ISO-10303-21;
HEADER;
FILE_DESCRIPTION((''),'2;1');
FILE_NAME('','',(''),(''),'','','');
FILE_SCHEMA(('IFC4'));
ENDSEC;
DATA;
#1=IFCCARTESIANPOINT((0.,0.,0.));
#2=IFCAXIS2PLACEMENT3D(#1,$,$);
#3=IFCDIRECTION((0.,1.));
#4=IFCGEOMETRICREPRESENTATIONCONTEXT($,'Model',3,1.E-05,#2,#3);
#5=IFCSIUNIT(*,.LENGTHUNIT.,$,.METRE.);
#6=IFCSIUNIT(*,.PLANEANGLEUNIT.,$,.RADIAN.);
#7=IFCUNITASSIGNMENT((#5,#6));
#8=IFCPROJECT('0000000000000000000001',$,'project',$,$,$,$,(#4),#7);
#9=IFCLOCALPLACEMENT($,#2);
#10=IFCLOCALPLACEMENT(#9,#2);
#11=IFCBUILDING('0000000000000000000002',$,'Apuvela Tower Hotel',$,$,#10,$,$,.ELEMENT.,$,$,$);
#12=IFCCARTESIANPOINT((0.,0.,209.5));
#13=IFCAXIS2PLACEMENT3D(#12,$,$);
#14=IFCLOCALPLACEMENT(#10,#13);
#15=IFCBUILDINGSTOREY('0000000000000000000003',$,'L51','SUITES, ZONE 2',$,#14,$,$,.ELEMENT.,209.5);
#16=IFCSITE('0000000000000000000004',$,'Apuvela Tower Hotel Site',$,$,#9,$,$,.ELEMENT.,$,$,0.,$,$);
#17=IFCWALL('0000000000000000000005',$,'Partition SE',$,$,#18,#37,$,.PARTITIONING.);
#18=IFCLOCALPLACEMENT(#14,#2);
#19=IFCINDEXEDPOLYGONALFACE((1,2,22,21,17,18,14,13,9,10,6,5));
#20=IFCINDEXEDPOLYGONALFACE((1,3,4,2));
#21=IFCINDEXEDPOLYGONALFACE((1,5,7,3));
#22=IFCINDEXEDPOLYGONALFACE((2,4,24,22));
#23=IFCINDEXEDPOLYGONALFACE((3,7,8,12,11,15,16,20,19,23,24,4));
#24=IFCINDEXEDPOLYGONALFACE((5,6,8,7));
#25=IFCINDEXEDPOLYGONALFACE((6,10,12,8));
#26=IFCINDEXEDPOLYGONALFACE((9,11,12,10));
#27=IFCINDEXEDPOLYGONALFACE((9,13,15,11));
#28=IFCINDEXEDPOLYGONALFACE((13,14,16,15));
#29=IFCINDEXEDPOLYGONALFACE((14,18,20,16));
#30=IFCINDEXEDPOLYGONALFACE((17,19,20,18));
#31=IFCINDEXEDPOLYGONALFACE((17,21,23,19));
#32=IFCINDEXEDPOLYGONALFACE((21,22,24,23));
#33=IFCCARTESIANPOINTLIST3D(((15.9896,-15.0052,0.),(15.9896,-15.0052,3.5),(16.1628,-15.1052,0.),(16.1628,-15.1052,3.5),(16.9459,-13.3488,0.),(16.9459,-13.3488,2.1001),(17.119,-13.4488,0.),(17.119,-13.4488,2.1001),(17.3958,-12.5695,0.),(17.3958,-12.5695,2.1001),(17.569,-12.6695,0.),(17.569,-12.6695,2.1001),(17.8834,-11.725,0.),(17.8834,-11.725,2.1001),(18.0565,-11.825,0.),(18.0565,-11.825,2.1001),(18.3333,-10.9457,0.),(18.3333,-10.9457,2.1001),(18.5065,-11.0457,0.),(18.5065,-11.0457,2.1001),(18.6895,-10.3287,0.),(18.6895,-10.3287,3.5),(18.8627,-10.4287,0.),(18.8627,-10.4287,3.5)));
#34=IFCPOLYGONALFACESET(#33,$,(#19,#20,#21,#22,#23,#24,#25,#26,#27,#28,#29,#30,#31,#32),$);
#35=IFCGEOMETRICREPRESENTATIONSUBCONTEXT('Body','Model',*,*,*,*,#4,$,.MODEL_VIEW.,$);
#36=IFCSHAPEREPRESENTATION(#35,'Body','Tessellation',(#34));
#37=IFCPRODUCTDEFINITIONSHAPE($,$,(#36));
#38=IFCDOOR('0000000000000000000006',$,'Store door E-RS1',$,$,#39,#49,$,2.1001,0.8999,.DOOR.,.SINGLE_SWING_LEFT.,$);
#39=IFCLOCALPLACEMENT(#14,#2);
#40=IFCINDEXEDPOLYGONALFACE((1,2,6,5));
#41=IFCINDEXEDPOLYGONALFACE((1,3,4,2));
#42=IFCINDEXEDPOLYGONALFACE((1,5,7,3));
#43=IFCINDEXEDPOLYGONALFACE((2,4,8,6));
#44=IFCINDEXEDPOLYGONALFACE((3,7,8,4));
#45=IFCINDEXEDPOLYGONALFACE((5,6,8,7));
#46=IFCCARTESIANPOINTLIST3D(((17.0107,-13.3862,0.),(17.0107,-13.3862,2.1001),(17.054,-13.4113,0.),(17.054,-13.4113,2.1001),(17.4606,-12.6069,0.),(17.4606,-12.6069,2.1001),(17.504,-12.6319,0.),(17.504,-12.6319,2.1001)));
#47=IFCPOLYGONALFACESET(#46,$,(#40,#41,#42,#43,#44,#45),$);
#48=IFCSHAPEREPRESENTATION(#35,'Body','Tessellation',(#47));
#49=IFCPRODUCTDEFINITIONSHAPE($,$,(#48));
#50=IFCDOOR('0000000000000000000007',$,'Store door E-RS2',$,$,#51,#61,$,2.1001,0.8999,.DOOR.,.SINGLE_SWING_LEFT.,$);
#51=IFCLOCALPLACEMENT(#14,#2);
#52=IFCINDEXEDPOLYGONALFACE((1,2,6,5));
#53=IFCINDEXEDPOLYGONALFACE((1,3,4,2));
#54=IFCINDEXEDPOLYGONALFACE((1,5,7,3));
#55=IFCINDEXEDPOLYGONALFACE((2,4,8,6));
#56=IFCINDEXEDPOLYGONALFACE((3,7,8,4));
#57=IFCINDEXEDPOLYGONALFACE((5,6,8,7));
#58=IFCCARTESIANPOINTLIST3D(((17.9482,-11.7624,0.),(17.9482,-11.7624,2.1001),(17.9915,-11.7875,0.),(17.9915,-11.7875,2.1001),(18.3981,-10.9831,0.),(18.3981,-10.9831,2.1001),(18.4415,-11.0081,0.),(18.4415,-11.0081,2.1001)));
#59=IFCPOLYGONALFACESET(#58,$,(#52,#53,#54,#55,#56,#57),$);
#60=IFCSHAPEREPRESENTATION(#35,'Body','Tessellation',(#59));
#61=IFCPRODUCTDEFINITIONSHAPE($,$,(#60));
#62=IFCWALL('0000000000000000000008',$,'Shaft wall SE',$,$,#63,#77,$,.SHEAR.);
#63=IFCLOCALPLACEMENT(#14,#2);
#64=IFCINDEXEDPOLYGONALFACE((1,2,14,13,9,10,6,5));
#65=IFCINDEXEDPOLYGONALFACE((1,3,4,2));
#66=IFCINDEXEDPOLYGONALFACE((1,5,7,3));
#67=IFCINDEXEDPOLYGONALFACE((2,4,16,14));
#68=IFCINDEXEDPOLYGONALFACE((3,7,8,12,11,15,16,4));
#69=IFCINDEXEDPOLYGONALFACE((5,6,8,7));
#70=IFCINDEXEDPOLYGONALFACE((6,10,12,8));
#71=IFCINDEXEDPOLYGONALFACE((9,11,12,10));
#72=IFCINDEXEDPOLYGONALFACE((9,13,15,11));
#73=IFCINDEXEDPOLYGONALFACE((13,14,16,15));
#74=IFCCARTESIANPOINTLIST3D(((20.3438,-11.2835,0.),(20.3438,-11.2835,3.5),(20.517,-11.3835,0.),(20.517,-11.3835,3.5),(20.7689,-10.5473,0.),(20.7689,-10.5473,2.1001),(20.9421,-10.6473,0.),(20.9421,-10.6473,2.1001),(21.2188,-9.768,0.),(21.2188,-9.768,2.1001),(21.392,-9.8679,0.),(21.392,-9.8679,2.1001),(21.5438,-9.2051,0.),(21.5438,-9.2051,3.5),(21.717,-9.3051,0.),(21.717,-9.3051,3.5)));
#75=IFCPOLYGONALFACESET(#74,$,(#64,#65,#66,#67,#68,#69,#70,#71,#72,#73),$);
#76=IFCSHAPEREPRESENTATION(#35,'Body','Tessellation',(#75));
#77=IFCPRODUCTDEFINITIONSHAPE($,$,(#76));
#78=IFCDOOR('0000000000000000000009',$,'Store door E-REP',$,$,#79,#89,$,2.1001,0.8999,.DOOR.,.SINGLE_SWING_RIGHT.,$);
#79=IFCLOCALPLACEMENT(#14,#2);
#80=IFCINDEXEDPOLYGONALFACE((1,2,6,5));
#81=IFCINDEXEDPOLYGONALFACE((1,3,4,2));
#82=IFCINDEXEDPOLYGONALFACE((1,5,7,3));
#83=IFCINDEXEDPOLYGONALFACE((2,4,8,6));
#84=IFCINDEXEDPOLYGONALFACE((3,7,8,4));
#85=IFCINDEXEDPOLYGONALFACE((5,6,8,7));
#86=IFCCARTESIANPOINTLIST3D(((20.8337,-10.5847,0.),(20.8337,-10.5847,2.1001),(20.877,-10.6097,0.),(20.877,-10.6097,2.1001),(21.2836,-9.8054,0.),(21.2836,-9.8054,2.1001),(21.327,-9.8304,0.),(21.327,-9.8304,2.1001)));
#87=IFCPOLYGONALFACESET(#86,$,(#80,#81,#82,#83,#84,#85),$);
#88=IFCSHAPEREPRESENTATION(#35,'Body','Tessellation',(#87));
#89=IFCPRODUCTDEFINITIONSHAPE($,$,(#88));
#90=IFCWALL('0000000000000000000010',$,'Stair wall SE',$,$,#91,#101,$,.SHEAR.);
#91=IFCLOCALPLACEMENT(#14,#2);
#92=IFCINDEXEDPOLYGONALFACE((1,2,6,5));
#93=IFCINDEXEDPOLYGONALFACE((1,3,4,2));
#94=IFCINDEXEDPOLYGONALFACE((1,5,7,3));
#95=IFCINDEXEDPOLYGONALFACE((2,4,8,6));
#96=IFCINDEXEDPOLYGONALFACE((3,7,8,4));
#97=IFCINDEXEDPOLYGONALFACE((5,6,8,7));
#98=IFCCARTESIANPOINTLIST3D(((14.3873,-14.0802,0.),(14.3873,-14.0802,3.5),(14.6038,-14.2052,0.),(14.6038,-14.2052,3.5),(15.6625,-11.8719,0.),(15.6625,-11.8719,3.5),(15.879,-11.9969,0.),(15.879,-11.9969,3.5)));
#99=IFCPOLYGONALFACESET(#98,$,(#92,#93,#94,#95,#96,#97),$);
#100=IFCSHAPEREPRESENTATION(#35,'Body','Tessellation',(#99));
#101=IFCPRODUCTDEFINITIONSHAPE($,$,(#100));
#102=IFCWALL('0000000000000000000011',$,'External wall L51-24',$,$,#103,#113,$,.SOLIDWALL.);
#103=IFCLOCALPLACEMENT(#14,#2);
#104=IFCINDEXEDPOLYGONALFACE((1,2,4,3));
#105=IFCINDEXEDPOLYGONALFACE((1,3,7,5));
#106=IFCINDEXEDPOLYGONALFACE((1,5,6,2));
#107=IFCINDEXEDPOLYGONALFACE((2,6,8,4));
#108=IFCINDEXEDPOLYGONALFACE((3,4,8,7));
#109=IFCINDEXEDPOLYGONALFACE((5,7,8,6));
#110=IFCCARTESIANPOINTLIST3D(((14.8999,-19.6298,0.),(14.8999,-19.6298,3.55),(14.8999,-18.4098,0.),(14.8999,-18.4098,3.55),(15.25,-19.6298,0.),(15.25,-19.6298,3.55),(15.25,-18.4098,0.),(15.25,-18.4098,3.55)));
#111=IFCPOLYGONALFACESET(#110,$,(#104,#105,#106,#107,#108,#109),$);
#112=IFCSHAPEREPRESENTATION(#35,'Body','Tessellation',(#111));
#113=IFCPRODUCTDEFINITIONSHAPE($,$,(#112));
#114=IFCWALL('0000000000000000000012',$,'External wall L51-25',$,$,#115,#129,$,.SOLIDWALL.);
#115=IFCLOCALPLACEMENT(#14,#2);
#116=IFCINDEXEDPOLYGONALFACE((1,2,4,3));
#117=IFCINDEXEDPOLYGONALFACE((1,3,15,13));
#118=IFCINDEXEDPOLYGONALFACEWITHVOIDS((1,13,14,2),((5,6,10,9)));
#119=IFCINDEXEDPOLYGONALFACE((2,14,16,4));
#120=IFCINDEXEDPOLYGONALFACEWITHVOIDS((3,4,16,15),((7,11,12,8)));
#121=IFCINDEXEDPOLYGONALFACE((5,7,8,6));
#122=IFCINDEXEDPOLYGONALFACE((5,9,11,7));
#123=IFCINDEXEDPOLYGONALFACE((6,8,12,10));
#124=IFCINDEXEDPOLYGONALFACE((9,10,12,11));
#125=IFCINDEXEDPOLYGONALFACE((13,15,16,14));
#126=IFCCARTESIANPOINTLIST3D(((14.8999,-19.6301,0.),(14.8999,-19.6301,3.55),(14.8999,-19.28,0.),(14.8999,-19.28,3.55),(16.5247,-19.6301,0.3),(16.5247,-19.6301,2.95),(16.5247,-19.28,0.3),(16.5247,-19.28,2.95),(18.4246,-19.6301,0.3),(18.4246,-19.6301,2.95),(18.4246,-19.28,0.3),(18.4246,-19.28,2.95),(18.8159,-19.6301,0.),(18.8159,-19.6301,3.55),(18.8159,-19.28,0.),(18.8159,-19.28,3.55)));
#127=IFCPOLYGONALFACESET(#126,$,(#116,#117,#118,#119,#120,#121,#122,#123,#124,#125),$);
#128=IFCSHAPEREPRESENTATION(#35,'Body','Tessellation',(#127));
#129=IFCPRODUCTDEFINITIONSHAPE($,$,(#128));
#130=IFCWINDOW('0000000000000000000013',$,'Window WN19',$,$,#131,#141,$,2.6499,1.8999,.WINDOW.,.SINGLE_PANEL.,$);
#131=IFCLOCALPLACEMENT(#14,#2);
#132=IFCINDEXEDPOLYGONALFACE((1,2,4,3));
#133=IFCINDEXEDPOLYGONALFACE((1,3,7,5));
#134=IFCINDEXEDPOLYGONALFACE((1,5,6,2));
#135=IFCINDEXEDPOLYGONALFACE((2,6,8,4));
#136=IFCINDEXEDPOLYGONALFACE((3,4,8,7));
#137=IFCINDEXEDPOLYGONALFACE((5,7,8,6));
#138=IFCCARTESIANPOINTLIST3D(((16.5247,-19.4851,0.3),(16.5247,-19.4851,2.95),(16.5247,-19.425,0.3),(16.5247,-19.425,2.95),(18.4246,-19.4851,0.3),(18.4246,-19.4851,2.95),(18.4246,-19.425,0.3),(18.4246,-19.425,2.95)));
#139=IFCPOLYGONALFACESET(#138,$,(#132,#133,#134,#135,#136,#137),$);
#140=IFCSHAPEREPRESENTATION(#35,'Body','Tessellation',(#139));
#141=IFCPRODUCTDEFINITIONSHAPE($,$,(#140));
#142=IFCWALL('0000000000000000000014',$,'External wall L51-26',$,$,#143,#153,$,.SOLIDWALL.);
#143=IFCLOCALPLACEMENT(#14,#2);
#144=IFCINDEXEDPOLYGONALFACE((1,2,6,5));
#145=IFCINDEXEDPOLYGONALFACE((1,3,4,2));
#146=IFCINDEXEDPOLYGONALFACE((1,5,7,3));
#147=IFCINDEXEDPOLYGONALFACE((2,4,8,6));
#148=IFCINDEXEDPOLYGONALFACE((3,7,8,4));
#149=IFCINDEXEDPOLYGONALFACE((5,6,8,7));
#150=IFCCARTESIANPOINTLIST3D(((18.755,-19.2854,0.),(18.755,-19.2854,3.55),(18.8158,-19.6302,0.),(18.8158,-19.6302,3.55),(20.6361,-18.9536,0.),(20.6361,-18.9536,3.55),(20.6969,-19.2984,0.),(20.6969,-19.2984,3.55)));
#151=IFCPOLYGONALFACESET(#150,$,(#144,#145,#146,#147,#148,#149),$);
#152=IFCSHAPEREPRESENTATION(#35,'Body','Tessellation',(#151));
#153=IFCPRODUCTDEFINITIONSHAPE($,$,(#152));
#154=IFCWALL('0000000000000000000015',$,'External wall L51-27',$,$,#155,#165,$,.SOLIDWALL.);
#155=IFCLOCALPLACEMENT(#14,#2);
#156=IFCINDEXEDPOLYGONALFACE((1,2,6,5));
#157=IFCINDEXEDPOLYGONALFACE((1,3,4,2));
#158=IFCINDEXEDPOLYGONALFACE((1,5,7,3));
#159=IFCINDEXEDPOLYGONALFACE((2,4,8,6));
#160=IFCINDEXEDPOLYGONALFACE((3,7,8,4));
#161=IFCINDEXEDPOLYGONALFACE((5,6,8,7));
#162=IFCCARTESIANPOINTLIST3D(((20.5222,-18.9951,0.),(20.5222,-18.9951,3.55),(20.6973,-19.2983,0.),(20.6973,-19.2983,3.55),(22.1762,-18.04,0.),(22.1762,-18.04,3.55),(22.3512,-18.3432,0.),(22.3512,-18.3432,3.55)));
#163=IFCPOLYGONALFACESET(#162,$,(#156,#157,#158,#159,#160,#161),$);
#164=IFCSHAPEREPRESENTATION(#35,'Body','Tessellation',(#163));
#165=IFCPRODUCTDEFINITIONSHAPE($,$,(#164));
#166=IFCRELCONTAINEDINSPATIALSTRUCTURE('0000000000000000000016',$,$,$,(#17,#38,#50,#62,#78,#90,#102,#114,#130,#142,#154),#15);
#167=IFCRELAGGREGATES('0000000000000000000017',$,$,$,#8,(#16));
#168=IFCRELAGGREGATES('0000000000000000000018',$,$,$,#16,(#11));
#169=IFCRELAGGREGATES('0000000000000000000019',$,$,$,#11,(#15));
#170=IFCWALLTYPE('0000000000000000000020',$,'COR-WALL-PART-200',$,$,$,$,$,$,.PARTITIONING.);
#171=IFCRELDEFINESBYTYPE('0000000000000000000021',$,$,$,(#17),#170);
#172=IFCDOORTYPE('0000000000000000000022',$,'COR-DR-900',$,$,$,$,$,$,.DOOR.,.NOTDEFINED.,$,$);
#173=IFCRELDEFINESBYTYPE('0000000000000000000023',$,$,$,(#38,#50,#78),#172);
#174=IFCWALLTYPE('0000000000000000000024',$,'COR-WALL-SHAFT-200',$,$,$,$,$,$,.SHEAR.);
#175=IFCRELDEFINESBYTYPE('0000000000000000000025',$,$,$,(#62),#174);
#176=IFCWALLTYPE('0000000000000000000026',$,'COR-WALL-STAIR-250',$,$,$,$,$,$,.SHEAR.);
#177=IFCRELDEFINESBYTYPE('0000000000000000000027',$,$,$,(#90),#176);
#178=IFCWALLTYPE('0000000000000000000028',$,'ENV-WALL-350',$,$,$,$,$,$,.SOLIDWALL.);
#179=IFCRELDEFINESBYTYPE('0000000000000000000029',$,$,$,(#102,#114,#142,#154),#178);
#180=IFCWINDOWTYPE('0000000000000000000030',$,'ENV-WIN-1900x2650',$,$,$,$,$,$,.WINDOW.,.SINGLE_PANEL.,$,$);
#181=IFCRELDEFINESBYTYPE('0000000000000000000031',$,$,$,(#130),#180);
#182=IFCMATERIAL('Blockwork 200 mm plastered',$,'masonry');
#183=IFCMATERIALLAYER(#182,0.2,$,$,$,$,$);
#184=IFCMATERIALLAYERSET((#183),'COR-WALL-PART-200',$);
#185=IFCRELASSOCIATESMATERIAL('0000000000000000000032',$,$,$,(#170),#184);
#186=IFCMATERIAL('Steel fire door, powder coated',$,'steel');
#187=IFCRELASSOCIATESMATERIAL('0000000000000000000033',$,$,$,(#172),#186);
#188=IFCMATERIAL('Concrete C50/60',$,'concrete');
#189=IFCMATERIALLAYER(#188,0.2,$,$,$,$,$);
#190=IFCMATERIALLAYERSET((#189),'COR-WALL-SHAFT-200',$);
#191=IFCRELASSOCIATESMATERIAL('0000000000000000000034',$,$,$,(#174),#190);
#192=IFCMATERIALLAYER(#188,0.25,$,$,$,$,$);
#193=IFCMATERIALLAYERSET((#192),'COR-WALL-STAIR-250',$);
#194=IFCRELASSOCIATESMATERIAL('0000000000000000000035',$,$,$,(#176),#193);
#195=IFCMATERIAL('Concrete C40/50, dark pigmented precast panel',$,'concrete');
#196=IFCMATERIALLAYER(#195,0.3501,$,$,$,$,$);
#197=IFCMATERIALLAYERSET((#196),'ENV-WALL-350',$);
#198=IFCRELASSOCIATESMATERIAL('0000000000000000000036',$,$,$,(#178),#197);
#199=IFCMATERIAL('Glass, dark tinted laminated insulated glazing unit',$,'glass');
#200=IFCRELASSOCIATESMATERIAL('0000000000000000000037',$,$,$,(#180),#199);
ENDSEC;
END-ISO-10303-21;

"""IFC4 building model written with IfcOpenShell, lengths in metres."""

from ifc_helpers import new_model, si_unit, direction, frame, frame_2d, origin, place, context, subcontext, project, spatial, rectangle, extrude, material, layer, layer_set, type_object, element, fill, save


model = new_model("IFC4")

# Units and contexts
model_context = context("Model", 3, precision=1e-05, world=origin(), true_north=direction((0.0, 1.0)))
body_context = subcontext(model_context, "Body", "Model", "MODEL_VIEW")
ifc_project = project(units=[si_unit("LENGTHUNIT", "METRE"), si_unit("PLANEANGLEUNIT", "RADIAN")], contexts=[model_context])

# Site, building, storey
site_placement = place(None, origin())
site = spatial("IfcSite", under=ifc_project, at=site_placement, Name="Apuvela Tower Hotel Site", CompositionType="ELEMENT", RefElevation=0.0)
building_placement = place(site_placement, origin())
building = spatial("IfcBuilding", under=site, at=building_placement, Name="Apuvela Tower Hotel", CompositionType="ELEMENT")
storey_placement = place(building_placement, frame((0.0, 0.0, 209.5)))
storey = spatial("IfcBuildingStorey", under=building, at=storey_placement, Name="L51", Description="SUITES, ZONE 2", CompositionType="ELEMENT", Elevation=209.5)

# Wall, openings, doors
ifc_material_1 = material(Name="Blockwork 200 mm plastered", Category="masonry")
ifc_layer_1 = layer(ifc_material_1, 0.2)
ifc_layer_set_1 = layer_set([ifc_layer_1], Name="COR-WALL-PART-200")
wall_type_1 = type_object("IfcWallType", Name="COR-WALL-PART-200", PredefinedType="PARTITIONING", material=ifc_layer_set_1)
wall_1_placement = place(storey_placement, frame((16.0762, -15.0552, 0.0), z_axis=(0.0, 0.0, 1.0), x_axis=(0.499995, 0.866028, 0.0)))
wall_1 = element("IfcWall", 1, at=wall_1_placement, inside=storey, type_object=wall_type_1, Name="Partition SE", PredefinedType="PARTITIONING", context=body_context, shape_type="SweptSolid", body=[
    extrude(rectangle(XDim=5.3999, YDim=0.2, at=frame_2d((2.7, 0.0))), origin(), (0.0, 0.0, 1.0), 3.5),
])
opening_1_placement = place(wall_1_placement, frame((1.9126, 0.0, 0.0)))
opening_1 = element("IfcOpeningElement", 2, at=opening_1_placement, cuts=wall_1, PredefinedType="OPENING", context=body_context, shape_type="SweptSolid", body=[
    extrude(rectangle(XDim=0.8999, YDim=2.1001, at=frame_2d((0.45, 1.05))), frame((0.0, 0.1099, 0.0), z_axis=(0.0, -1.0, 0.0), x_axis=(1.0, 0.0, 0.0)), (0.0, 0.0, 1.0), 0.22),
])
opening_2_placement = place(wall_1_placement, frame((3.7876, 0.0, 0.0)))
opening_2 = element("IfcOpeningElement", 3, at=opening_2_placement, cuts=wall_1, PredefinedType="OPENING", context=body_context, shape_type="SweptSolid", body=[
    extrude(rectangle(XDim=0.8999, YDim=2.1001, at=frame_2d((0.45, 1.05))), frame((0.0, 0.1099, 0.0), z_axis=(0.0, -1.0, 0.0), x_axis=(1.0, 0.0, 0.0)), (0.0, 0.0, 1.0), 0.22),
])
ifc_material_2 = material(Name="Steel fire door, powder coated", Category="steel")
door_type_1 = type_object("IfcDoorType", Name="COR-DR-900", OperationType="NOTDEFINED", PredefinedType="DOOR", material=ifc_material_2)
door_1_placement = place(opening_1_placement, frame((0.8999, 0.0, 0.0), z_axis=(0.0, 0.0, 1.0), x_axis=(-1.0, 0.0, 0.0)))
door_1 = element("IfcDoor", 4, at=door_1_placement, inside=storey, type_object=door_type_1, Name="Store door E-RS1", OperationType="SINGLE_SWING_LEFT", OverallHeight=2.1001, OverallWidth=0.8999, PredefinedType="DOOR", context=body_context, shape_type="SweptSolid", body=[
    extrude(rectangle(XDim=0.8999, YDim=2.1001, at=frame_2d((0.45, 1.05))), frame((0.0, 0.0249, 0.0), z_axis=(0.0, -1.0, 0.0), x_axis=(1.0, 0.0, 0.0)), (0.0, 0.0, 1.0), 0.05),
])
fill(opening_1, door_1)
door_2_placement = place(opening_2_placement, frame((0.8999, 0.0, 0.0), z_axis=(0.0, 0.0, 1.0), x_axis=(-1.0, 0.0, 0.0)))
door_2 = element("IfcDoor", 5, at=door_2_placement, inside=storey, type_object=door_type_1, Name="Store door E-RS2", OperationType="SINGLE_SWING_LEFT", OverallHeight=2.1001, OverallWidth=0.8999, PredefinedType="DOOR", context=body_context, shape_type="SweptSolid", body=[
    extrude(rectangle(XDim=0.8999, YDim=2.1001, at=frame_2d((0.45, 1.05))), frame((0.0, 0.0249, 0.0), z_axis=(0.0, -1.0, 0.0), x_axis=(1.0, 0.0, 0.0)), (0.0, 0.0, 1.0), 0.05),
])
fill(opening_2, door_2)

# Wall, opening, door
ifc_material_3 = material(Name="Concrete C50/60", Category="concrete")
ifc_layer_2 = layer(ifc_material_3, 0.2)
ifc_layer_set_2 = layer_set([ifc_layer_2], Name="COR-WALL-SHAFT-200")
wall_type_2 = type_object("IfcWallType", Name="COR-WALL-SHAFT-200", PredefinedType="SHEAR", material=ifc_layer_set_2)
wall_2_placement = place(storey_placement, frame((20.4304, -11.3335, 0.0), z_axis=(0.0, 0.0, 1.0), x_axis=(0.500001, 0.866025, 0.0)))
wall_2 = element("IfcWall", 6, at=wall_2_placement, inside=storey, type_object=wall_type_2, Name="Shaft wall SE", PredefinedType="SHEAR", context=body_context, shape_type="SweptSolid", body=[
    extrude(rectangle(XDim=2.3999, YDim=0.2, at=frame_2d((1.2, 0.0))), origin(), (0.0, 0.0, 1.0), 3.5),
])
opening_3_placement = place(wall_2_placement, frame((0.8501, 0.0, 0.0)))
opening_3 = element("IfcOpeningElement", 7, at=opening_3_placement, cuts=wall_2, PredefinedType="OPENING", context=body_context, shape_type="SweptSolid", body=[
    extrude(rectangle(XDim=0.8999, YDim=2.1001, at=frame_2d((0.45, 1.05))), frame((0.0, 0.1099, 0.0), z_axis=(0.0, -1.0, 0.0), x_axis=(1.0, 0.0, 0.0)), (0.0, 0.0, 1.0), 0.22),
])
door_3_placement = place(opening_3_placement, frame((0.8999, 0.0, 0.0), z_axis=(0.0, 0.0, 1.0), x_axis=(-1.0, 0.0, 0.0)))
door_3 = element("IfcDoor", 8, at=door_3_placement, inside=storey, type_object=door_type_1, Name="Store door E-REP", OperationType="SINGLE_SWING_RIGHT", OverallHeight=2.1001, OverallWidth=0.8999, PredefinedType="DOOR", context=body_context, shape_type="SweptSolid", body=[
    extrude(rectangle(XDim=0.8999, YDim=2.1001, at=frame_2d((0.45, 1.05))), frame((0.0, 0.0249, 0.0), z_axis=(0.0, -1.0, 0.0), x_axis=(1.0, 0.0, 0.0)), (0.0, 0.0, 1.0), 0.05),
])
fill(opening_3, door_3)

# Walls
ifc_layer_3 = layer(ifc_material_3, 0.25)
ifc_layer_set_3 = layer_set([ifc_layer_3], Name="COR-WALL-STAIR-250")
wall_type_3 = type_object("IfcWallType", Name="COR-WALL-STAIR-250", PredefinedType="SHEAR", material=ifc_layer_set_3)
wall_3_placement = place(storey_placement, frame((14.4956, -14.1426, 0.0), z_axis=(0.0, 0.0, 1.0), x_axis=(0.500062, 0.865989, 0.0)))
element("IfcWall", 9, at=wall_3_placement, inside=storey, type_object=wall_type_3, Name="Stair wall SE", PredefinedType="SHEAR", context=body_context, shape_type="SweptSolid", body=[
    extrude(rectangle(XDim=2.55, YDim=0.25, at=frame_2d((1.2749, 0.0))), origin(), (0.0, 0.0, 1.0), 3.5),
])
ifc_material_4 = material(Name="Concrete C40/50, dark pigmented precast panel", Category="concrete")
ifc_layer_4 = layer(ifc_material_4, 0.3501)
ifc_layer_set_4 = layer_set([ifc_layer_4], Name="ENV-WALL-350")
wall_type_4 = type_object("IfcWallType", Name="ENV-WALL-350", PredefinedType="SOLIDWALL", material=ifc_layer_set_4)
wall_4_placement = place(storey_placement, frame((15.075, -18.4099, 0.0), z_axis=(0.0, 0.0, 1.0), x_axis=(0.0, -1.0, 0.0)))
element("IfcWall", 10, at=wall_4_placement, inside=storey, type_object=wall_type_4, Name="External wall L51-24", PredefinedType="SOLIDWALL", context=body_context, shape_type="SweptSolid", body=[
    extrude(rectangle(XDim=1.22, YDim=0.3501, at=frame_2d((0.6099, 0.0))), origin(), (0.0, 0.0, 1.0), 3.55),
])

# Wall, opening, window
wall_5_placement = place(storey_placement, frame((14.8999, -19.4551, 0.0), z_axis=(0.0, 0.0, 1.0), x_axis=(1.0, 0.0, 0.0)))
wall_5 = element("IfcWall", 11, at=wall_5_placement, inside=storey, type_object=wall_type_4, Name="External wall L51-25", PredefinedType="SOLIDWALL", context=body_context, shape_type="SweptSolid", body=[
    extrude(rectangle(XDim=3.916, YDim=0.3501, at=frame_2d((1.958, 0.0))), origin(), (0.0, 0.0, 1.0), 3.55),
])
opening_4_placement = place(wall_5_placement, frame((1.6248, 0.0, 0.3)))
opening_4 = element("IfcOpeningElement", 12, at=opening_4_placement, cuts=wall_5, PredefinedType="OPENING", context=body_context, shape_type="SweptSolid", body=[
    extrude(rectangle(XDim=1.8999, YDim=2.6499, at=frame_2d((0.95, 1.325))), frame((0.0, 0.1851, 0.0), z_axis=(0.0, -1.0, 0.0), x_axis=(1.0, 0.0, 0.0)), (0.0, 0.0, 1.0), 0.3701),
])
ifc_material_5 = material(Name="Glass, dark tinted laminated insulated glazing unit", Category="glass")
window_type = type_object("IfcWindowType", Name="ENV-WIN-1900x2650", PartitioningType="SINGLE_PANEL", PredefinedType="WINDOW", material=ifc_material_5)
window_placement = place(opening_4_placement, origin())
window = element("IfcWindow", 13, at=window_placement, inside=storey, type_object=window_type, Name="Window WN19", OverallHeight=2.6499, OverallWidth=1.8999, PartitioningType="SINGLE_PANEL", PredefinedType="WINDOW", context=body_context, shape_type="SweptSolid", body=[
    extrude(rectangle(XDim=1.8999, YDim=2.6499, at=frame_2d((0.95, 1.325))), frame((0.0, 0.03, 0.0), z_axis=(0.0, -1.0, 0.0), x_axis=(1.0, 0.0, 0.0)), (0.0, 0.0, 1.0), 0.0601),
])
fill(opening_4, window)

# Walls
wall_6_placement = place(storey_placement, frame((18.7854, -19.4578, 0.0), z_axis=(0.0, 0.0, 1.0), x_axis=(0.984799, 0.173698, 0.0)))
element("IfcWall", 14, at=wall_6_placement, inside=storey, type_object=wall_type_4, Name="External wall L51-26", PredefinedType="SOLIDWALL", context=body_context, shape_type="SweptSolid", body=[
    extrude(rectangle(XDim=1.9102, YDim=0.3501, at=frame_2d((0.9551, 0.0))), origin(), (0.0, 0.0, 1.0), 3.55),
])
for number, where, z_axis, x_axis, name in (
    (15, (20.6096, -19.1467, 0.0), (0.0, 0.0, 1.0), (0.866, 0.500043, 0.0), "External wall L51-27"),
):
    element("IfcWall", number, at=place(storey_placement, frame(where, z_axis=z_axis, x_axis=x_axis)), inside=storey, type_object=wall_type_4, Name=name, PredefinedType="SOLIDWALL", context=body_context, shape_type="SweptSolid", body=[
        extrude(rectangle(XDim=1.9099, YDim=0.3501, at=frame_2d((0.9551, 0.0))), origin(), (0.0, 0.0, 1.0), 3.55),
    ])

save(model, "model.ifc")
